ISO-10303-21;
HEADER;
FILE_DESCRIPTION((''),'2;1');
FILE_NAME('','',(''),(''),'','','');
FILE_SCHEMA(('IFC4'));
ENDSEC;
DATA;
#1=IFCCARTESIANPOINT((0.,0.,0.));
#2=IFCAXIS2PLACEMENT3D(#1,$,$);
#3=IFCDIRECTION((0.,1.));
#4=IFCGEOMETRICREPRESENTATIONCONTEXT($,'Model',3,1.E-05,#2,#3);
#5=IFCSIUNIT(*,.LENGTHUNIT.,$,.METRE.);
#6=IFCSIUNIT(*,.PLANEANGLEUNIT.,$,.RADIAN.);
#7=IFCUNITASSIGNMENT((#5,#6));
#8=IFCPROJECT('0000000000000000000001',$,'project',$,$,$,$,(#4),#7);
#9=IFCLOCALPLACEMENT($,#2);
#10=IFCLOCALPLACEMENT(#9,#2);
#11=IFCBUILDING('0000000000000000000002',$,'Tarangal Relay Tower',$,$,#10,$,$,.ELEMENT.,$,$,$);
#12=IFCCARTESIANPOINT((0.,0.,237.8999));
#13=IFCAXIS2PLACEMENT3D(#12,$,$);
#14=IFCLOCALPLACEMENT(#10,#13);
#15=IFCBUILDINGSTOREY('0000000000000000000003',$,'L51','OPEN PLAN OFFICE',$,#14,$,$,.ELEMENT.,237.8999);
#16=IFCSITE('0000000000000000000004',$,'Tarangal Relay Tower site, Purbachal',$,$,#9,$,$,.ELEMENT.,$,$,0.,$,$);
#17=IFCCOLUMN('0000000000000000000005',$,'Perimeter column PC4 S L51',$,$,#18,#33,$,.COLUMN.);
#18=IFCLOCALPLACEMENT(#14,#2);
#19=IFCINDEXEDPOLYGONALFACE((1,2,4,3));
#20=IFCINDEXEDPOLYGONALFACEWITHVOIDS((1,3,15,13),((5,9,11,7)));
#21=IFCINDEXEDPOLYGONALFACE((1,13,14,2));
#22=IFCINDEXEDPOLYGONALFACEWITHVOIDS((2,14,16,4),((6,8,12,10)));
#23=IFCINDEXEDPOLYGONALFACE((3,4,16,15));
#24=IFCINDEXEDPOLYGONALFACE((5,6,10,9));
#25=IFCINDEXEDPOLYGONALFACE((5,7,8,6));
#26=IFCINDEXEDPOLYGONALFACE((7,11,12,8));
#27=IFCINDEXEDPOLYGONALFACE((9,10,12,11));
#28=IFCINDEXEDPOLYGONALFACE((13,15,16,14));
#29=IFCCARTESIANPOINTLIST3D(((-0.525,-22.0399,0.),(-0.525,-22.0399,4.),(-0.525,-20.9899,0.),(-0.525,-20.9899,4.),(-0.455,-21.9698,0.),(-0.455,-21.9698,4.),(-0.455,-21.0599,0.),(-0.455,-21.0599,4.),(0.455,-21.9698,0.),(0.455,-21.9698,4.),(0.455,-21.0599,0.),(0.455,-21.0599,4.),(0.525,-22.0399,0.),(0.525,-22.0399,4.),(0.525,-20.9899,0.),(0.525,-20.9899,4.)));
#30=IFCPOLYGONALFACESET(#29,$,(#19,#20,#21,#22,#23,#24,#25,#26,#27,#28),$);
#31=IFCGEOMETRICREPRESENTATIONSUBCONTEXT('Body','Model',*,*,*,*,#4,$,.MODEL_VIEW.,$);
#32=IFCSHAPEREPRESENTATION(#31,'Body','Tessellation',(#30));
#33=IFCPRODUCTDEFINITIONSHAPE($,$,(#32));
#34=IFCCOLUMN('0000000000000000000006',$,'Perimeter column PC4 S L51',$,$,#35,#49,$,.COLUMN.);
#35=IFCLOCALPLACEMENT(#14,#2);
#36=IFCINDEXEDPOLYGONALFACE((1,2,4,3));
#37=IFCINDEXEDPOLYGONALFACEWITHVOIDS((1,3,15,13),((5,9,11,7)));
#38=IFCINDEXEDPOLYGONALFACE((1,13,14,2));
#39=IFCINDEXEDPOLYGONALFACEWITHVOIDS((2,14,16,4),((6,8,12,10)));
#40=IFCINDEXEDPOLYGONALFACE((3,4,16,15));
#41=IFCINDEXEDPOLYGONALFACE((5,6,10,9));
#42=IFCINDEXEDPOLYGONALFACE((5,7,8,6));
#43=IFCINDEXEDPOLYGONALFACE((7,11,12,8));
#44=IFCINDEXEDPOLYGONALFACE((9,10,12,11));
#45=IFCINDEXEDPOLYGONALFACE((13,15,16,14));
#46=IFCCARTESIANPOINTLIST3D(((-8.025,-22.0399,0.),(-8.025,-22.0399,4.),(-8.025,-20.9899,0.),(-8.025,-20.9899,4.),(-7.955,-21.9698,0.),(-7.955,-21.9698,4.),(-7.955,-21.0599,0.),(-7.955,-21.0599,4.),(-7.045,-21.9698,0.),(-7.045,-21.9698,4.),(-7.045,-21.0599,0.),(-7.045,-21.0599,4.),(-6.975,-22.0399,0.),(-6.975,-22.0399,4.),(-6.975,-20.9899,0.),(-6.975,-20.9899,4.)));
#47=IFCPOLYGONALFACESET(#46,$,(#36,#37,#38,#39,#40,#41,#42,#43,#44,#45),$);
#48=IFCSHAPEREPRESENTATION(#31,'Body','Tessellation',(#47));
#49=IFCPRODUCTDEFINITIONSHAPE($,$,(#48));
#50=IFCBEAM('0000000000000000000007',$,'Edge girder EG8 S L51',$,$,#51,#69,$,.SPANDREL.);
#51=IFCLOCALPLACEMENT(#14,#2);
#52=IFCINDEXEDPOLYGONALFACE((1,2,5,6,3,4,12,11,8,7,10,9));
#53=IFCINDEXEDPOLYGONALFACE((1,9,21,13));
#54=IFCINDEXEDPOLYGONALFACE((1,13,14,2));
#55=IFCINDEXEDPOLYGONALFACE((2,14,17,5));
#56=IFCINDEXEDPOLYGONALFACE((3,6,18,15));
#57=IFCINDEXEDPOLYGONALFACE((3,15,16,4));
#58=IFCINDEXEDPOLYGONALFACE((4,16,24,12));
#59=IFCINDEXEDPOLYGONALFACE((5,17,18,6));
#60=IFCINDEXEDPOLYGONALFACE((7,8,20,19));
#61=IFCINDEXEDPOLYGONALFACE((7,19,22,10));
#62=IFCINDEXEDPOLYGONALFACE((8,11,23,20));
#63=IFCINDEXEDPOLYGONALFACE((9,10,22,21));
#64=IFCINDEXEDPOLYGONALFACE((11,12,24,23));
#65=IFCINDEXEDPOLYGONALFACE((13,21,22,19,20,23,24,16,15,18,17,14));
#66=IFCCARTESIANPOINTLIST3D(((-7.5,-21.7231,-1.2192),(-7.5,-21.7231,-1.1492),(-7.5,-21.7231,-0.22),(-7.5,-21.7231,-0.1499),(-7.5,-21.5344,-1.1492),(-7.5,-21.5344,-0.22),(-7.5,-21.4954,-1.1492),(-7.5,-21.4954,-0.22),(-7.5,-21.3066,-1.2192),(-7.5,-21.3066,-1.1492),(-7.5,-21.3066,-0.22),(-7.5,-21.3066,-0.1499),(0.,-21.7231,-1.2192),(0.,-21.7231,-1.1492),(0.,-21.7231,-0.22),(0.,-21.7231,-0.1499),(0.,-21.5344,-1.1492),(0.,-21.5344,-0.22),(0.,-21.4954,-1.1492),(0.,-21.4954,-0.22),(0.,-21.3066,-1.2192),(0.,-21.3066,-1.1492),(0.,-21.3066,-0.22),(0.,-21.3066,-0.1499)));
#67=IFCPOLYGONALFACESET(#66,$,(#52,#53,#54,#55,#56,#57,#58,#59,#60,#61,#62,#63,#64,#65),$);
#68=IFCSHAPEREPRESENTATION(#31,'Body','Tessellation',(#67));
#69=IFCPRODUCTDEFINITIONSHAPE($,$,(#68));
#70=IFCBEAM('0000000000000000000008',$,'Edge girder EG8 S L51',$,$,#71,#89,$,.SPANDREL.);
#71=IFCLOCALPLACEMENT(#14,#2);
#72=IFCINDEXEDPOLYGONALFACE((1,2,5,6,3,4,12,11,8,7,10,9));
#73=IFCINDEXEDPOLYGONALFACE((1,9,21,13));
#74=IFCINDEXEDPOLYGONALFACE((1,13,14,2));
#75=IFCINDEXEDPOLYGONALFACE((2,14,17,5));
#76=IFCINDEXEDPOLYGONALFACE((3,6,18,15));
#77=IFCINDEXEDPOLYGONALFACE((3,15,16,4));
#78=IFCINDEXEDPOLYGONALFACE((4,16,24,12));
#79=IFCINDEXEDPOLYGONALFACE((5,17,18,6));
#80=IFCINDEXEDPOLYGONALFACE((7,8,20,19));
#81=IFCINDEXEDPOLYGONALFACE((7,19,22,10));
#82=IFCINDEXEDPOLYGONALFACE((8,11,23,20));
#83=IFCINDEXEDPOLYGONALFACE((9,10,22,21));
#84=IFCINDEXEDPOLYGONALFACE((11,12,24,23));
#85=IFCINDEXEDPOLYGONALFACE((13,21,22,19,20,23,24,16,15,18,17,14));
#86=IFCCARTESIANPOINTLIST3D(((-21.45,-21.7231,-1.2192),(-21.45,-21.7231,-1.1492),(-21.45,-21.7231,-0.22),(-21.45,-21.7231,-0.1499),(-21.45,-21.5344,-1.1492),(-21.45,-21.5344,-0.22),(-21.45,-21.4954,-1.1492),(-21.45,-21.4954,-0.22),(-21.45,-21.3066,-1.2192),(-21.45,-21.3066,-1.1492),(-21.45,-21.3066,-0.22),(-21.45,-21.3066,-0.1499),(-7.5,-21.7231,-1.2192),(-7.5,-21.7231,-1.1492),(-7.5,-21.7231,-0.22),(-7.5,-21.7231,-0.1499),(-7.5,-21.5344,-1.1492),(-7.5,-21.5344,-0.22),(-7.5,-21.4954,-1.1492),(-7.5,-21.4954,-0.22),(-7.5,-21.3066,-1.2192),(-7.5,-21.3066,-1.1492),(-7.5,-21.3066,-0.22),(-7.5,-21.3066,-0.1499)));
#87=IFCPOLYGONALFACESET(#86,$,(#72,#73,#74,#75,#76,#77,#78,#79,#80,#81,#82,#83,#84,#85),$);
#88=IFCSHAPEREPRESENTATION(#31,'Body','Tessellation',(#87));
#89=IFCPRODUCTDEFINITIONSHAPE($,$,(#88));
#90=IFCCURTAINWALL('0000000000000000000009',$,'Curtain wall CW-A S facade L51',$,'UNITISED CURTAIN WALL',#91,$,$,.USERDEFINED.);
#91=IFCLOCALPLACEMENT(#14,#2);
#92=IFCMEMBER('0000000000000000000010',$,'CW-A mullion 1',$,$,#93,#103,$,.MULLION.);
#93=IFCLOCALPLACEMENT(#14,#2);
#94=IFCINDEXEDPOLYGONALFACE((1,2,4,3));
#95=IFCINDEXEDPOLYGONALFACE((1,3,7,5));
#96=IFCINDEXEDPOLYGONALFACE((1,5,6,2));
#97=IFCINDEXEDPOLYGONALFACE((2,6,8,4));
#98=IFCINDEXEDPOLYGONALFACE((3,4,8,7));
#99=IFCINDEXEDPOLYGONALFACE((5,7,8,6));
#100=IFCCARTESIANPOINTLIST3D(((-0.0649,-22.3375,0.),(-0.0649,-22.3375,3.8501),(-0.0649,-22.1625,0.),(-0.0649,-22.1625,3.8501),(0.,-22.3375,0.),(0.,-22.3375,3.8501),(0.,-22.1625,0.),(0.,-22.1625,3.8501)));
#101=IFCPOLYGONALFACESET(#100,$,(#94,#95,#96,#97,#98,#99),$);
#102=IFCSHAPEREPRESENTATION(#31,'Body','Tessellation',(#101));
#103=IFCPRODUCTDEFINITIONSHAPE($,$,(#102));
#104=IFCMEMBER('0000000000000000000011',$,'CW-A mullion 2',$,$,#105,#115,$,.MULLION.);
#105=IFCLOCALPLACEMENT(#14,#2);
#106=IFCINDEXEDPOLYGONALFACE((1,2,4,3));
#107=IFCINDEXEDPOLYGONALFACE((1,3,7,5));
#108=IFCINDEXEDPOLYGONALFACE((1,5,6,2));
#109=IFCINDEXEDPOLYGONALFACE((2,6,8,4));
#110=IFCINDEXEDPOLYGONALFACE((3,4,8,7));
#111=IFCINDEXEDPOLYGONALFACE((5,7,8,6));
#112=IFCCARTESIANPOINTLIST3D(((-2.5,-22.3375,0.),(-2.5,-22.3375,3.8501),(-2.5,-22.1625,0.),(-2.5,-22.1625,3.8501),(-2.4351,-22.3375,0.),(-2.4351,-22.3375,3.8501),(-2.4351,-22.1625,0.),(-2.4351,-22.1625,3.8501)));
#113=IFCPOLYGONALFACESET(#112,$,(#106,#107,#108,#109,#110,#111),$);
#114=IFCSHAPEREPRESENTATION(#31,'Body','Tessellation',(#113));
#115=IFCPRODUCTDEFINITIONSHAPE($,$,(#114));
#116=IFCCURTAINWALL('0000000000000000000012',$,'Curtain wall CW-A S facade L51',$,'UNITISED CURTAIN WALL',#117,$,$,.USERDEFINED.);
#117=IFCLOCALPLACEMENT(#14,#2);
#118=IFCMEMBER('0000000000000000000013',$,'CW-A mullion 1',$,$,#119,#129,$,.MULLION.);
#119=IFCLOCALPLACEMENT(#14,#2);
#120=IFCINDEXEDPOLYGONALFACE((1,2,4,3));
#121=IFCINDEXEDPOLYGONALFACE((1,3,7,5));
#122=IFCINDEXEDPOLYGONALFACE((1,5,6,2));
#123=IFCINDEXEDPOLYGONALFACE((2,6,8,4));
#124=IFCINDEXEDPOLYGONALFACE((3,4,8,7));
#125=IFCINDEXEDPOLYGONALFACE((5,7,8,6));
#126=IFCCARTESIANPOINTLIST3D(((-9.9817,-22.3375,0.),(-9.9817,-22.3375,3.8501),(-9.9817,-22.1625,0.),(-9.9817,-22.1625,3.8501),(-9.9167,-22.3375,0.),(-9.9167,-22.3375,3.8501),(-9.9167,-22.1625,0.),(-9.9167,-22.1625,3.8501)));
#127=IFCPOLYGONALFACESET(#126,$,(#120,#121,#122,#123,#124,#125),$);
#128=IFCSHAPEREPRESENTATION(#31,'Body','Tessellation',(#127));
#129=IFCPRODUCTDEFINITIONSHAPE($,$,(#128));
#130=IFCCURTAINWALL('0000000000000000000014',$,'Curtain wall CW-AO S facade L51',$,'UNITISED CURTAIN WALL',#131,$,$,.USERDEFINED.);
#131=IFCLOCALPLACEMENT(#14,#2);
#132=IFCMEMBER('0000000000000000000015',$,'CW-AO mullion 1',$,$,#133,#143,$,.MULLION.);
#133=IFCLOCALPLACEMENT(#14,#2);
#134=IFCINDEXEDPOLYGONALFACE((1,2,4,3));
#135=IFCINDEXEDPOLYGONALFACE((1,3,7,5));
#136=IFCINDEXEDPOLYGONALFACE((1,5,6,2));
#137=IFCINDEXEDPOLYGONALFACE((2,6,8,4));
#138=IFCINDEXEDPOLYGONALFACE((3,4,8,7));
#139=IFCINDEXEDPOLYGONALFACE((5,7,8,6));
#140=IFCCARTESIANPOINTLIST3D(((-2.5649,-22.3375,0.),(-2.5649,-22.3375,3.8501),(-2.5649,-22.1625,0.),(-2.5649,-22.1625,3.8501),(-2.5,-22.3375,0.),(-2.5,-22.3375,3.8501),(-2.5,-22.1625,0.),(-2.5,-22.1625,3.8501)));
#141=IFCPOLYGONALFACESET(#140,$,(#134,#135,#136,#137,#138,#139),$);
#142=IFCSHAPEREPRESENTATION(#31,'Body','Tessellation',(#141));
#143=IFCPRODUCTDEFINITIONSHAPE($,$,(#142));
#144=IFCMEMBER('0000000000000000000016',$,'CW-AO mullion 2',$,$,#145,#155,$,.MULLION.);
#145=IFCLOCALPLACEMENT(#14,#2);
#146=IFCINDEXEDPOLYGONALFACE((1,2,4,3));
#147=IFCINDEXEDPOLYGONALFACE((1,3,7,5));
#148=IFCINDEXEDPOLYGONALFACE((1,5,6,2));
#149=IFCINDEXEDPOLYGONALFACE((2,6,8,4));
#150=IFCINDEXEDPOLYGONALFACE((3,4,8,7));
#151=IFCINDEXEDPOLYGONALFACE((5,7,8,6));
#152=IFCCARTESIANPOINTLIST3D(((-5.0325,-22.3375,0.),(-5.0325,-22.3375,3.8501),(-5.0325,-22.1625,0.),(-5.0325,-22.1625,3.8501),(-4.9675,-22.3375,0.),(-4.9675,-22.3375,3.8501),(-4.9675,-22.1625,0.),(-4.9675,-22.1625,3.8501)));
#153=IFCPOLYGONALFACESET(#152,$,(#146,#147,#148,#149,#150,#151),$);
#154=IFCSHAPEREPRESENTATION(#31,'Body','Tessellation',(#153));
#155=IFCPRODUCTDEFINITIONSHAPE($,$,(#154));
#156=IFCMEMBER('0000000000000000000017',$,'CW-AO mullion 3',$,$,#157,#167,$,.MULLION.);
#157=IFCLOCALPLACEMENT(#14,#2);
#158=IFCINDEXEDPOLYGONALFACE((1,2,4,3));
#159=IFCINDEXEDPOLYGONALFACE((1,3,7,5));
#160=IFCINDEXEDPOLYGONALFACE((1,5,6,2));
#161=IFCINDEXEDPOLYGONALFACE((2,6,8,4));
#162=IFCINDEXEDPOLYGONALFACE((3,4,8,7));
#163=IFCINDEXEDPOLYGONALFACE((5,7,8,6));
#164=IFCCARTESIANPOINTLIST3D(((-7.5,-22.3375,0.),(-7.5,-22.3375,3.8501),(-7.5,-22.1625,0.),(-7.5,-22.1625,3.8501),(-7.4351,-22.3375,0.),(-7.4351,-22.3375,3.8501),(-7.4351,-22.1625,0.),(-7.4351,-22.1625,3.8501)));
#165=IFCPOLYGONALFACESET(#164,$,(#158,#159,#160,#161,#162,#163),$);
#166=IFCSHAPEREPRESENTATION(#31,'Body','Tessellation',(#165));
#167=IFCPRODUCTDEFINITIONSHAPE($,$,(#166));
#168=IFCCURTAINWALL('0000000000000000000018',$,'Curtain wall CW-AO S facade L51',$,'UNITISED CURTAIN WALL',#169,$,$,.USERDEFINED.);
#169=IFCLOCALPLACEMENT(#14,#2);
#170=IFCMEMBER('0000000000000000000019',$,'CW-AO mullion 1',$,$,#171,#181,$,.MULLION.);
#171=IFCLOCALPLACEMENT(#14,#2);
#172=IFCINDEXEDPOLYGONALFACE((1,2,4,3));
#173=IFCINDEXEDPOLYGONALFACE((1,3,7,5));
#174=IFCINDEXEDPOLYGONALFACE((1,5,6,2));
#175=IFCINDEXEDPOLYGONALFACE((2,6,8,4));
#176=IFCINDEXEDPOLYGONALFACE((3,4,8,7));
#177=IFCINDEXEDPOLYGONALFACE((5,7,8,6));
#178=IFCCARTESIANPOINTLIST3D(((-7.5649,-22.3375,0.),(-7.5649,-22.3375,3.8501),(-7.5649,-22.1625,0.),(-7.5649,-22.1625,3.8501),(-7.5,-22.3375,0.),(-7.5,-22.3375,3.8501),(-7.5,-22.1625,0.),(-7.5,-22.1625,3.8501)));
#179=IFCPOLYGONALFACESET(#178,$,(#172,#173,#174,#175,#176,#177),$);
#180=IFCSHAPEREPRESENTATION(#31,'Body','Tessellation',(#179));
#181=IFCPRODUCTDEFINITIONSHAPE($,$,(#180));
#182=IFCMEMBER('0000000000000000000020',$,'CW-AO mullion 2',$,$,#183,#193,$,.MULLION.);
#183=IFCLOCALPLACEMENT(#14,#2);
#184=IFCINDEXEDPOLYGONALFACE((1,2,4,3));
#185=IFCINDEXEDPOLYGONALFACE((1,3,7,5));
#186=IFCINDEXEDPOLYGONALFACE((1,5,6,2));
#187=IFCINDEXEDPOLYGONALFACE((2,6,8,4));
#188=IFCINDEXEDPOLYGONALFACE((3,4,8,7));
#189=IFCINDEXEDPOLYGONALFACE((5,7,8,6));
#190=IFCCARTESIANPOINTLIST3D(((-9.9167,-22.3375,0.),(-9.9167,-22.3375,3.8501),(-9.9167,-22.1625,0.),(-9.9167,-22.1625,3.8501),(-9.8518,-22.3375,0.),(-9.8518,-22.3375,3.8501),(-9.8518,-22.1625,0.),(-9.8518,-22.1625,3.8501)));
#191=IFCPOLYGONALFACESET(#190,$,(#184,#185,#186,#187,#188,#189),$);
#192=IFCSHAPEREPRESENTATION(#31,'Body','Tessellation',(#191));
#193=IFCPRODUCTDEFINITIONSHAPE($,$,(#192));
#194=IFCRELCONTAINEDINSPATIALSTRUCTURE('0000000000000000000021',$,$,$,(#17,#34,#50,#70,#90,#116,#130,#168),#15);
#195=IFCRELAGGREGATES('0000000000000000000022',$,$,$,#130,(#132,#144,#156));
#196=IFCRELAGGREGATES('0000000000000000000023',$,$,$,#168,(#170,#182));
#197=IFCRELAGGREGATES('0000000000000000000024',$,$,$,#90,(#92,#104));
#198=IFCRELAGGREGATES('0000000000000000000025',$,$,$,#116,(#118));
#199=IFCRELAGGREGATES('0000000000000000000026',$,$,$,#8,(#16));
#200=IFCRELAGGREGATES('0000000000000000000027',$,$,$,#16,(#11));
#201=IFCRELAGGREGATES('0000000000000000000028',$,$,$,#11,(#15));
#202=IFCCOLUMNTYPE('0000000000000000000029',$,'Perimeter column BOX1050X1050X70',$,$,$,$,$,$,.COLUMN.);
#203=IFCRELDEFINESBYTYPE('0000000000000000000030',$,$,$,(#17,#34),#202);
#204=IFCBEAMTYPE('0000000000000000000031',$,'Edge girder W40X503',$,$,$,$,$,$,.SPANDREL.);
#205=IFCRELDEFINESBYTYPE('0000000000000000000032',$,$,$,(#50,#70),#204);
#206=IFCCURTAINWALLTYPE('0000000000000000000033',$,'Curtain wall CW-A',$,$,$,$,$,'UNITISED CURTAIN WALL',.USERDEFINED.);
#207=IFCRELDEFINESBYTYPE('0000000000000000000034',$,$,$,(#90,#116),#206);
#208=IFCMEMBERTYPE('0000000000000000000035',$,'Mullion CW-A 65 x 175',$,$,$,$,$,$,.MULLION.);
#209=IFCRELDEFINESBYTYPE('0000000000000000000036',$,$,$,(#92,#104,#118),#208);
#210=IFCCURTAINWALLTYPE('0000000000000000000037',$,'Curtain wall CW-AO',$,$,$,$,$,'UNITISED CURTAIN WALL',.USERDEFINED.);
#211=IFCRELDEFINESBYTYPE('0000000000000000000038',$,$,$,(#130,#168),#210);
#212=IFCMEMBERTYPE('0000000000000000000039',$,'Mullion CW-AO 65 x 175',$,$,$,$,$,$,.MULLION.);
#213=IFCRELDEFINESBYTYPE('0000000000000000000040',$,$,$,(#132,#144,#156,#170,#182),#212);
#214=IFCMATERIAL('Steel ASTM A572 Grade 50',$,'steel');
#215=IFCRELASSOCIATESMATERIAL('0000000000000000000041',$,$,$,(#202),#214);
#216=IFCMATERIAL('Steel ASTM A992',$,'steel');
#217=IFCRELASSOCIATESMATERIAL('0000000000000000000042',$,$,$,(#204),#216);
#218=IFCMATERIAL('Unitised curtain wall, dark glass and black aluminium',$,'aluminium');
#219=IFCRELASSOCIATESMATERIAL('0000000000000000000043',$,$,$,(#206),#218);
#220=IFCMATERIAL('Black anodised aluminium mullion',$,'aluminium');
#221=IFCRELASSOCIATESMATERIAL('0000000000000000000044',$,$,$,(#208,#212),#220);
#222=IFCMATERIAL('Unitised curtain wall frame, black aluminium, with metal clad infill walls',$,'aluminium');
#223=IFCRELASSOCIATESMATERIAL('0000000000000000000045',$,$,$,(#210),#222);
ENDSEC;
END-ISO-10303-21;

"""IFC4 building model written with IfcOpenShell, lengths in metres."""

from ifc_helpers import new_model, si_unit, direction, frame, origin, origin_2d, place, context, subcontext, project, spatial, rectangle, hollow_rectangle, i_section, extrude, material, material_profile, profile_set, type_object, element, aggregate, save


model = new_model("IFC4")

# Units and contexts
model_context = context("Model", 3, precision=1e-05, world=origin(), true_north=direction((0.0, 1.0)))
body_context = subcontext(model_context, "Body", "Model", "MODEL_VIEW")
ifc_project = project(units=[si_unit("LENGTHUNIT", "METRE"), si_unit("PLANEANGLEUNIT", "RADIAN")], contexts=[model_context])

# Site, building, storey
site_placement = place(None, origin())
site = spatial("IfcSite", under=ifc_project, at=site_placement, Name="Tarangal Relay Tower site, Purbachal", CompositionType="ELEMENT", RefElevation=0.0)
building_placement = place(site_placement, origin())
building = spatial("IfcBuilding", under=site, at=building_placement, Name="Tarangal Relay Tower", CompositionType="ELEMENT")
storey_placement = place(building_placement, frame((0.0, 0.0, 237.8999)))
storey = spatial("IfcBuildingStorey", under=building, at=storey_placement, Name="L51", Description="OPEN PLAN OFFICE", CompositionType="ELEMENT", Elevation=237.8999)

# Columns
ifc_material_1 = material(Name="Steel ASTM A572 Grade 50", Category="steel")
ifc_material_profile_1 = material_profile(ifc_material_1, hollow_rectangle(XDim=1.05, YDim=1.05, WallThickness=0.0701, at=origin_2d()), Name="BOX1050X1050X70")
ifc_profile_set_1 = profile_set([ifc_material_profile_1], Name="Steel ASTM A572 Grade 50")
column_type = type_object("IfcColumnType", Name="Perimeter column BOX1050X1050X70", PredefinedType="COLUMN", material=ifc_profile_set_1)
for number, where, z_axis, x_axis, name in (
    (1, (0.0, -21.5149, 0.0), (0.0, 0.0, 1.0), (1.0, 0.0, 0.0), "Perimeter column PC4 S L51"),
    (2, (-7.5, -21.5149, 0.0), (0.0, 0.0, 1.0), (1.0, 0.0, 0.0), "Perimeter column PC4 S L51"),
):
    element("IfcColumn", number, at=place(storey_placement, frame(where, z_axis=z_axis, x_axis=x_axis)), inside=storey, type_object=column_type, Name=name, PredefinedType="COLUMN", context=body_context, shape_type="SweptSolid", body=[
        extrude(hollow_rectangle(XDim=1.05, YDim=1.05, WallThickness=0.0701, at=origin_2d()), origin(), (0.0, 0.0, 1.0), 4.0),
    ])

# Beams
ifc_material_2 = material(Name="Steel ASTM A992", Category="steel")
ifc_material_profile_2 = material_profile(ifc_material_2, i_section(OverallWidth=0.4165, OverallDepth=1.0693, WebThickness=0.0391, FlangeThickness=0.0701, at=origin_2d()), Name="W40X503")
ifc_profile_set_2 = profile_set([ifc_material_profile_2], Name="Steel ASTM A992")
beam_type = type_object("IfcBeamType", Name="Edge girder W40X503", PredefinedType="SPANDREL", material=ifc_profile_set_2)
beam_1_placement = place(storey_placement, frame((0.0, -21.5149, -0.6846), z_axis=(-1.0, 0.0, 0.0), x_axis=(0.0, -1.0, 0.0)))
element("IfcBeam", 3, at=beam_1_placement, inside=storey, type_object=beam_type, Name="Edge girder EG8 S L51", PredefinedType="SPANDREL", context=body_context, shape_type="SweptSolid", body=[
    extrude(i_section(OverallWidth=0.4165, OverallDepth=1.0693, WebThickness=0.0391, FlangeThickness=0.0701, at=origin_2d()), origin(), (0.0, 0.0, 1.0), 7.5),
])
beam_2_placement = place(storey_placement, frame((-7.5, -21.5149, -0.6846), z_axis=(-1.0, 0.0, 0.0), x_axis=(0.0, -1.0, 0.0)))
element("IfcBeam", 4, at=beam_2_placement, inside=storey, type_object=beam_type, Name="Edge girder EG8 S L51", PredefinedType="SPANDREL", context=body_context, shape_type="SweptSolid", body=[
    extrude(i_section(OverallWidth=0.4165, OverallDepth=1.0693, WebThickness=0.0391, FlangeThickness=0.0701, at=origin_2d()), origin(), (0.0, 0.0, 1.0), 13.95),
])

# Curtain wall, members
ifc_material_3 = material(Name="Unitised curtain wall, dark glass and black aluminium", Category="aluminium")
curtain_wall_type_1 = type_object("IfcCurtainWallType", Name="Curtain wall CW-A", ElementType="UNITISED CURTAIN WALL", PredefinedType="USERDEFINED", material=ifc_material_3)
curtain_wall_1_placement = place(storey_placement, origin())
curtain_wall_1 = element("IfcCurtainWall", 5, at=curtain_wall_1_placement, inside=storey, type_object=curtain_wall_type_1, Name="Curtain wall CW-A S facade L51", ObjectType="UNITISED CURTAIN WALL", PredefinedType="USERDEFINED")
ifc_material_4 = material(Name="Black anodised aluminium mullion", Category="aluminium")
ifc_material_profile_3 = material_profile(ifc_material_4, rectangle(XDim=0.175, YDim=0.0649, at=origin_2d()), Name="CW-AM 65X175")
ifc_profile_set_3 = profile_set([ifc_material_profile_3], Name="Black anodised aluminium mullion")
member_type_1 = type_object("IfcMemberType", Name="Mullion CW-A 65 x 175", PredefinedType="MULLION", material=ifc_profile_set_3)
member_1_placement = place(storey_placement, frame((-0.0325, -22.25, 0.0), z_axis=(0.0, 0.0, 1.0), x_axis=(0.0, -1.0, 0.0)))
member_1 = element("IfcMember", 6, at=member_1_placement, type_object=member_type_1, Name="CW-A mullion 1", PredefinedType="MULLION", context=body_context, shape_type="SweptSolid", body=[
    extrude(rectangle(XDim=0.175, YDim=0.0649, at=origin_2d()), origin(), (0.0, 0.0, 1.0), 3.8501),
])
member_2_placement = place(storey_placement, frame((-2.4675, -22.25, 0.0), z_axis=(0.0, 0.0, 1.0), x_axis=(0.0, -1.0, 0.0)))
member_2 = element("IfcMember", 7, at=member_2_placement, type_object=member_type_1, Name="CW-A mullion 2", PredefinedType="MULLION", context=body_context, shape_type="SweptSolid", body=[
    extrude(rectangle(XDim=0.175, YDim=0.0649, at=origin_2d()), origin(), (0.0, 0.0, 1.0), 3.8501),
])

# Curtain wall, member
curtain_wall_2_placement = place(storey_placement, origin())
curtain_wall_2 = element("IfcCurtainWall", 8, at=curtain_wall_2_placement, inside=storey, type_object=curtain_wall_type_1, Name="Curtain wall CW-A S facade L51", ObjectType="UNITISED CURTAIN WALL", PredefinedType="USERDEFINED")
member_3_placement = place(storey_placement, frame((-9.9492, -22.25, 0.0), z_axis=(0.0, 0.0, 1.0), x_axis=(0.0, -1.0, 0.0)))
member_3 = element("IfcMember", 9, at=member_3_placement, type_object=member_type_1, Name="CW-A mullion 1", PredefinedType="MULLION", context=body_context, shape_type="SweptSolid", body=[
    extrude(rectangle(XDim=0.175, YDim=0.0649, at=origin_2d()), origin(), (0.0, 0.0, 1.0), 3.8501),
])

# Curtain walls, members
ifc_material_5 = material(Name="Unitised curtain wall frame, black aluminium, with metal clad infill walls", Category="aluminium")
curtain_wall_type_2 = type_object("IfcCurtainWallType", Name="Curtain wall CW-AO", ElementType="UNITISED CURTAIN WALL", PredefinedType="USERDEFINED", material=ifc_material_5)
curtain_wall_3_placement = place(storey_placement, origin())
curtain_wall_3 = element("IfcCurtainWall", 10, at=curtain_wall_3_placement, inside=storey, type_object=curtain_wall_type_2, Name="Curtain wall CW-AO S facade L51", ObjectType="UNITISED CURTAIN WALL", PredefinedType="USERDEFINED")
ifc_material_profile_4 = material_profile(ifc_material_4, rectangle(XDim=0.175, YDim=0.0649, at=origin_2d()), Name="CW-AOM 65X175")
ifc_profile_set_4 = profile_set([ifc_material_profile_4], Name="Black anodised aluminium mullion")
member_type_2 = type_object("IfcMemberType", Name="Mullion CW-AO 65 x 175", PredefinedType="MULLION", material=ifc_profile_set_4)
member_4_placement = place(storey_placement, frame((-2.5325, -22.25, 0.0), z_axis=(0.0, 0.0, 1.0), x_axis=(0.0, -1.0, 0.0)))
member_4 = element("IfcMember", 11, at=member_4_placement, type_object=member_type_2, Name="CW-AO mullion 1", PredefinedType="MULLION", context=body_context, shape_type="SweptSolid", body=[
    extrude(rectangle(XDim=0.175, YDim=0.0649, at=origin_2d()), origin(), (0.0, 0.0, 1.0), 3.8501),
])
member_5_placement = place(storey_placement, frame((-5.0, -22.25, 0.0), z_axis=(0.0, 0.0, 1.0), x_axis=(0.0, -1.0, 0.0)))
member_5 = element("IfcMember", 12, at=member_5_placement, type_object=member_type_2, Name="CW-AO mullion 2", PredefinedType="MULLION", context=body_context, shape_type="SweptSolid", body=[
    extrude(rectangle(XDim=0.175, YDim=0.0649, at=origin_2d()), origin(), (0.0, 0.0, 1.0), 3.8501),
])
member_6_placement = place(storey_placement, frame((-7.4675, -22.25, 0.0), z_axis=(0.0, 0.0, 1.0), x_axis=(0.0, -1.0, 0.0)))
member_6 = element("IfcMember", 13, at=member_6_placement, type_object=member_type_2, Name="CW-AO mullion 3", PredefinedType="MULLION", context=body_context, shape_type="SweptSolid", body=[
    extrude(rectangle(XDim=0.175, YDim=0.0649, at=origin_2d()), origin(), (0.0, 0.0, 1.0), 3.8501),
])
curtain_wall_4_placement = place(storey_placement, origin())
curtain_wall_4 = element("IfcCurtainWall", 14, at=curtain_wall_4_placement, inside=storey, type_object=curtain_wall_type_2, Name="Curtain wall CW-AO S facade L51", ObjectType="UNITISED CURTAIN WALL", PredefinedType="USERDEFINED")
member_7_placement = place(storey_placement, frame((-7.5325, -22.25, 0.0), z_axis=(0.0, 0.0, 1.0), x_axis=(0.0, -1.0, 0.0)))
member_7 = element("IfcMember", 15, at=member_7_placement, type_object=member_type_2, Name="CW-AO mullion 1", PredefinedType="MULLION", context=body_context, shape_type="SweptSolid", body=[
    extrude(rectangle(XDim=0.175, YDim=0.0649, at=origin_2d()), origin(), (0.0, 0.0, 1.0), 3.8501),
])
member_8_placement = place(storey_placement, frame((-9.8843, -22.25, 0.0), z_axis=(0.0, 0.0, 1.0), x_axis=(0.0, -1.0, 0.0)))
member_8 = element("IfcMember", 16, at=member_8_placement, type_object=member_type_2, Name="CW-AO mullion 2", PredefinedType="MULLION", context=body_context, shape_type="SweptSolid", body=[
    extrude(rectangle(XDim=0.175, YDim=0.0649, at=origin_2d()), origin(), (0.0, 0.0, 1.0), 3.8501),
])

aggregate(curtain_wall_3, [member_4, member_5, member_6])
aggregate(curtain_wall_4, [member_7, member_8])

aggregate(curtain_wall_1, [member_1, member_2])
aggregate(curtain_wall_2, [member_3])

save(model, "model.ifc")
